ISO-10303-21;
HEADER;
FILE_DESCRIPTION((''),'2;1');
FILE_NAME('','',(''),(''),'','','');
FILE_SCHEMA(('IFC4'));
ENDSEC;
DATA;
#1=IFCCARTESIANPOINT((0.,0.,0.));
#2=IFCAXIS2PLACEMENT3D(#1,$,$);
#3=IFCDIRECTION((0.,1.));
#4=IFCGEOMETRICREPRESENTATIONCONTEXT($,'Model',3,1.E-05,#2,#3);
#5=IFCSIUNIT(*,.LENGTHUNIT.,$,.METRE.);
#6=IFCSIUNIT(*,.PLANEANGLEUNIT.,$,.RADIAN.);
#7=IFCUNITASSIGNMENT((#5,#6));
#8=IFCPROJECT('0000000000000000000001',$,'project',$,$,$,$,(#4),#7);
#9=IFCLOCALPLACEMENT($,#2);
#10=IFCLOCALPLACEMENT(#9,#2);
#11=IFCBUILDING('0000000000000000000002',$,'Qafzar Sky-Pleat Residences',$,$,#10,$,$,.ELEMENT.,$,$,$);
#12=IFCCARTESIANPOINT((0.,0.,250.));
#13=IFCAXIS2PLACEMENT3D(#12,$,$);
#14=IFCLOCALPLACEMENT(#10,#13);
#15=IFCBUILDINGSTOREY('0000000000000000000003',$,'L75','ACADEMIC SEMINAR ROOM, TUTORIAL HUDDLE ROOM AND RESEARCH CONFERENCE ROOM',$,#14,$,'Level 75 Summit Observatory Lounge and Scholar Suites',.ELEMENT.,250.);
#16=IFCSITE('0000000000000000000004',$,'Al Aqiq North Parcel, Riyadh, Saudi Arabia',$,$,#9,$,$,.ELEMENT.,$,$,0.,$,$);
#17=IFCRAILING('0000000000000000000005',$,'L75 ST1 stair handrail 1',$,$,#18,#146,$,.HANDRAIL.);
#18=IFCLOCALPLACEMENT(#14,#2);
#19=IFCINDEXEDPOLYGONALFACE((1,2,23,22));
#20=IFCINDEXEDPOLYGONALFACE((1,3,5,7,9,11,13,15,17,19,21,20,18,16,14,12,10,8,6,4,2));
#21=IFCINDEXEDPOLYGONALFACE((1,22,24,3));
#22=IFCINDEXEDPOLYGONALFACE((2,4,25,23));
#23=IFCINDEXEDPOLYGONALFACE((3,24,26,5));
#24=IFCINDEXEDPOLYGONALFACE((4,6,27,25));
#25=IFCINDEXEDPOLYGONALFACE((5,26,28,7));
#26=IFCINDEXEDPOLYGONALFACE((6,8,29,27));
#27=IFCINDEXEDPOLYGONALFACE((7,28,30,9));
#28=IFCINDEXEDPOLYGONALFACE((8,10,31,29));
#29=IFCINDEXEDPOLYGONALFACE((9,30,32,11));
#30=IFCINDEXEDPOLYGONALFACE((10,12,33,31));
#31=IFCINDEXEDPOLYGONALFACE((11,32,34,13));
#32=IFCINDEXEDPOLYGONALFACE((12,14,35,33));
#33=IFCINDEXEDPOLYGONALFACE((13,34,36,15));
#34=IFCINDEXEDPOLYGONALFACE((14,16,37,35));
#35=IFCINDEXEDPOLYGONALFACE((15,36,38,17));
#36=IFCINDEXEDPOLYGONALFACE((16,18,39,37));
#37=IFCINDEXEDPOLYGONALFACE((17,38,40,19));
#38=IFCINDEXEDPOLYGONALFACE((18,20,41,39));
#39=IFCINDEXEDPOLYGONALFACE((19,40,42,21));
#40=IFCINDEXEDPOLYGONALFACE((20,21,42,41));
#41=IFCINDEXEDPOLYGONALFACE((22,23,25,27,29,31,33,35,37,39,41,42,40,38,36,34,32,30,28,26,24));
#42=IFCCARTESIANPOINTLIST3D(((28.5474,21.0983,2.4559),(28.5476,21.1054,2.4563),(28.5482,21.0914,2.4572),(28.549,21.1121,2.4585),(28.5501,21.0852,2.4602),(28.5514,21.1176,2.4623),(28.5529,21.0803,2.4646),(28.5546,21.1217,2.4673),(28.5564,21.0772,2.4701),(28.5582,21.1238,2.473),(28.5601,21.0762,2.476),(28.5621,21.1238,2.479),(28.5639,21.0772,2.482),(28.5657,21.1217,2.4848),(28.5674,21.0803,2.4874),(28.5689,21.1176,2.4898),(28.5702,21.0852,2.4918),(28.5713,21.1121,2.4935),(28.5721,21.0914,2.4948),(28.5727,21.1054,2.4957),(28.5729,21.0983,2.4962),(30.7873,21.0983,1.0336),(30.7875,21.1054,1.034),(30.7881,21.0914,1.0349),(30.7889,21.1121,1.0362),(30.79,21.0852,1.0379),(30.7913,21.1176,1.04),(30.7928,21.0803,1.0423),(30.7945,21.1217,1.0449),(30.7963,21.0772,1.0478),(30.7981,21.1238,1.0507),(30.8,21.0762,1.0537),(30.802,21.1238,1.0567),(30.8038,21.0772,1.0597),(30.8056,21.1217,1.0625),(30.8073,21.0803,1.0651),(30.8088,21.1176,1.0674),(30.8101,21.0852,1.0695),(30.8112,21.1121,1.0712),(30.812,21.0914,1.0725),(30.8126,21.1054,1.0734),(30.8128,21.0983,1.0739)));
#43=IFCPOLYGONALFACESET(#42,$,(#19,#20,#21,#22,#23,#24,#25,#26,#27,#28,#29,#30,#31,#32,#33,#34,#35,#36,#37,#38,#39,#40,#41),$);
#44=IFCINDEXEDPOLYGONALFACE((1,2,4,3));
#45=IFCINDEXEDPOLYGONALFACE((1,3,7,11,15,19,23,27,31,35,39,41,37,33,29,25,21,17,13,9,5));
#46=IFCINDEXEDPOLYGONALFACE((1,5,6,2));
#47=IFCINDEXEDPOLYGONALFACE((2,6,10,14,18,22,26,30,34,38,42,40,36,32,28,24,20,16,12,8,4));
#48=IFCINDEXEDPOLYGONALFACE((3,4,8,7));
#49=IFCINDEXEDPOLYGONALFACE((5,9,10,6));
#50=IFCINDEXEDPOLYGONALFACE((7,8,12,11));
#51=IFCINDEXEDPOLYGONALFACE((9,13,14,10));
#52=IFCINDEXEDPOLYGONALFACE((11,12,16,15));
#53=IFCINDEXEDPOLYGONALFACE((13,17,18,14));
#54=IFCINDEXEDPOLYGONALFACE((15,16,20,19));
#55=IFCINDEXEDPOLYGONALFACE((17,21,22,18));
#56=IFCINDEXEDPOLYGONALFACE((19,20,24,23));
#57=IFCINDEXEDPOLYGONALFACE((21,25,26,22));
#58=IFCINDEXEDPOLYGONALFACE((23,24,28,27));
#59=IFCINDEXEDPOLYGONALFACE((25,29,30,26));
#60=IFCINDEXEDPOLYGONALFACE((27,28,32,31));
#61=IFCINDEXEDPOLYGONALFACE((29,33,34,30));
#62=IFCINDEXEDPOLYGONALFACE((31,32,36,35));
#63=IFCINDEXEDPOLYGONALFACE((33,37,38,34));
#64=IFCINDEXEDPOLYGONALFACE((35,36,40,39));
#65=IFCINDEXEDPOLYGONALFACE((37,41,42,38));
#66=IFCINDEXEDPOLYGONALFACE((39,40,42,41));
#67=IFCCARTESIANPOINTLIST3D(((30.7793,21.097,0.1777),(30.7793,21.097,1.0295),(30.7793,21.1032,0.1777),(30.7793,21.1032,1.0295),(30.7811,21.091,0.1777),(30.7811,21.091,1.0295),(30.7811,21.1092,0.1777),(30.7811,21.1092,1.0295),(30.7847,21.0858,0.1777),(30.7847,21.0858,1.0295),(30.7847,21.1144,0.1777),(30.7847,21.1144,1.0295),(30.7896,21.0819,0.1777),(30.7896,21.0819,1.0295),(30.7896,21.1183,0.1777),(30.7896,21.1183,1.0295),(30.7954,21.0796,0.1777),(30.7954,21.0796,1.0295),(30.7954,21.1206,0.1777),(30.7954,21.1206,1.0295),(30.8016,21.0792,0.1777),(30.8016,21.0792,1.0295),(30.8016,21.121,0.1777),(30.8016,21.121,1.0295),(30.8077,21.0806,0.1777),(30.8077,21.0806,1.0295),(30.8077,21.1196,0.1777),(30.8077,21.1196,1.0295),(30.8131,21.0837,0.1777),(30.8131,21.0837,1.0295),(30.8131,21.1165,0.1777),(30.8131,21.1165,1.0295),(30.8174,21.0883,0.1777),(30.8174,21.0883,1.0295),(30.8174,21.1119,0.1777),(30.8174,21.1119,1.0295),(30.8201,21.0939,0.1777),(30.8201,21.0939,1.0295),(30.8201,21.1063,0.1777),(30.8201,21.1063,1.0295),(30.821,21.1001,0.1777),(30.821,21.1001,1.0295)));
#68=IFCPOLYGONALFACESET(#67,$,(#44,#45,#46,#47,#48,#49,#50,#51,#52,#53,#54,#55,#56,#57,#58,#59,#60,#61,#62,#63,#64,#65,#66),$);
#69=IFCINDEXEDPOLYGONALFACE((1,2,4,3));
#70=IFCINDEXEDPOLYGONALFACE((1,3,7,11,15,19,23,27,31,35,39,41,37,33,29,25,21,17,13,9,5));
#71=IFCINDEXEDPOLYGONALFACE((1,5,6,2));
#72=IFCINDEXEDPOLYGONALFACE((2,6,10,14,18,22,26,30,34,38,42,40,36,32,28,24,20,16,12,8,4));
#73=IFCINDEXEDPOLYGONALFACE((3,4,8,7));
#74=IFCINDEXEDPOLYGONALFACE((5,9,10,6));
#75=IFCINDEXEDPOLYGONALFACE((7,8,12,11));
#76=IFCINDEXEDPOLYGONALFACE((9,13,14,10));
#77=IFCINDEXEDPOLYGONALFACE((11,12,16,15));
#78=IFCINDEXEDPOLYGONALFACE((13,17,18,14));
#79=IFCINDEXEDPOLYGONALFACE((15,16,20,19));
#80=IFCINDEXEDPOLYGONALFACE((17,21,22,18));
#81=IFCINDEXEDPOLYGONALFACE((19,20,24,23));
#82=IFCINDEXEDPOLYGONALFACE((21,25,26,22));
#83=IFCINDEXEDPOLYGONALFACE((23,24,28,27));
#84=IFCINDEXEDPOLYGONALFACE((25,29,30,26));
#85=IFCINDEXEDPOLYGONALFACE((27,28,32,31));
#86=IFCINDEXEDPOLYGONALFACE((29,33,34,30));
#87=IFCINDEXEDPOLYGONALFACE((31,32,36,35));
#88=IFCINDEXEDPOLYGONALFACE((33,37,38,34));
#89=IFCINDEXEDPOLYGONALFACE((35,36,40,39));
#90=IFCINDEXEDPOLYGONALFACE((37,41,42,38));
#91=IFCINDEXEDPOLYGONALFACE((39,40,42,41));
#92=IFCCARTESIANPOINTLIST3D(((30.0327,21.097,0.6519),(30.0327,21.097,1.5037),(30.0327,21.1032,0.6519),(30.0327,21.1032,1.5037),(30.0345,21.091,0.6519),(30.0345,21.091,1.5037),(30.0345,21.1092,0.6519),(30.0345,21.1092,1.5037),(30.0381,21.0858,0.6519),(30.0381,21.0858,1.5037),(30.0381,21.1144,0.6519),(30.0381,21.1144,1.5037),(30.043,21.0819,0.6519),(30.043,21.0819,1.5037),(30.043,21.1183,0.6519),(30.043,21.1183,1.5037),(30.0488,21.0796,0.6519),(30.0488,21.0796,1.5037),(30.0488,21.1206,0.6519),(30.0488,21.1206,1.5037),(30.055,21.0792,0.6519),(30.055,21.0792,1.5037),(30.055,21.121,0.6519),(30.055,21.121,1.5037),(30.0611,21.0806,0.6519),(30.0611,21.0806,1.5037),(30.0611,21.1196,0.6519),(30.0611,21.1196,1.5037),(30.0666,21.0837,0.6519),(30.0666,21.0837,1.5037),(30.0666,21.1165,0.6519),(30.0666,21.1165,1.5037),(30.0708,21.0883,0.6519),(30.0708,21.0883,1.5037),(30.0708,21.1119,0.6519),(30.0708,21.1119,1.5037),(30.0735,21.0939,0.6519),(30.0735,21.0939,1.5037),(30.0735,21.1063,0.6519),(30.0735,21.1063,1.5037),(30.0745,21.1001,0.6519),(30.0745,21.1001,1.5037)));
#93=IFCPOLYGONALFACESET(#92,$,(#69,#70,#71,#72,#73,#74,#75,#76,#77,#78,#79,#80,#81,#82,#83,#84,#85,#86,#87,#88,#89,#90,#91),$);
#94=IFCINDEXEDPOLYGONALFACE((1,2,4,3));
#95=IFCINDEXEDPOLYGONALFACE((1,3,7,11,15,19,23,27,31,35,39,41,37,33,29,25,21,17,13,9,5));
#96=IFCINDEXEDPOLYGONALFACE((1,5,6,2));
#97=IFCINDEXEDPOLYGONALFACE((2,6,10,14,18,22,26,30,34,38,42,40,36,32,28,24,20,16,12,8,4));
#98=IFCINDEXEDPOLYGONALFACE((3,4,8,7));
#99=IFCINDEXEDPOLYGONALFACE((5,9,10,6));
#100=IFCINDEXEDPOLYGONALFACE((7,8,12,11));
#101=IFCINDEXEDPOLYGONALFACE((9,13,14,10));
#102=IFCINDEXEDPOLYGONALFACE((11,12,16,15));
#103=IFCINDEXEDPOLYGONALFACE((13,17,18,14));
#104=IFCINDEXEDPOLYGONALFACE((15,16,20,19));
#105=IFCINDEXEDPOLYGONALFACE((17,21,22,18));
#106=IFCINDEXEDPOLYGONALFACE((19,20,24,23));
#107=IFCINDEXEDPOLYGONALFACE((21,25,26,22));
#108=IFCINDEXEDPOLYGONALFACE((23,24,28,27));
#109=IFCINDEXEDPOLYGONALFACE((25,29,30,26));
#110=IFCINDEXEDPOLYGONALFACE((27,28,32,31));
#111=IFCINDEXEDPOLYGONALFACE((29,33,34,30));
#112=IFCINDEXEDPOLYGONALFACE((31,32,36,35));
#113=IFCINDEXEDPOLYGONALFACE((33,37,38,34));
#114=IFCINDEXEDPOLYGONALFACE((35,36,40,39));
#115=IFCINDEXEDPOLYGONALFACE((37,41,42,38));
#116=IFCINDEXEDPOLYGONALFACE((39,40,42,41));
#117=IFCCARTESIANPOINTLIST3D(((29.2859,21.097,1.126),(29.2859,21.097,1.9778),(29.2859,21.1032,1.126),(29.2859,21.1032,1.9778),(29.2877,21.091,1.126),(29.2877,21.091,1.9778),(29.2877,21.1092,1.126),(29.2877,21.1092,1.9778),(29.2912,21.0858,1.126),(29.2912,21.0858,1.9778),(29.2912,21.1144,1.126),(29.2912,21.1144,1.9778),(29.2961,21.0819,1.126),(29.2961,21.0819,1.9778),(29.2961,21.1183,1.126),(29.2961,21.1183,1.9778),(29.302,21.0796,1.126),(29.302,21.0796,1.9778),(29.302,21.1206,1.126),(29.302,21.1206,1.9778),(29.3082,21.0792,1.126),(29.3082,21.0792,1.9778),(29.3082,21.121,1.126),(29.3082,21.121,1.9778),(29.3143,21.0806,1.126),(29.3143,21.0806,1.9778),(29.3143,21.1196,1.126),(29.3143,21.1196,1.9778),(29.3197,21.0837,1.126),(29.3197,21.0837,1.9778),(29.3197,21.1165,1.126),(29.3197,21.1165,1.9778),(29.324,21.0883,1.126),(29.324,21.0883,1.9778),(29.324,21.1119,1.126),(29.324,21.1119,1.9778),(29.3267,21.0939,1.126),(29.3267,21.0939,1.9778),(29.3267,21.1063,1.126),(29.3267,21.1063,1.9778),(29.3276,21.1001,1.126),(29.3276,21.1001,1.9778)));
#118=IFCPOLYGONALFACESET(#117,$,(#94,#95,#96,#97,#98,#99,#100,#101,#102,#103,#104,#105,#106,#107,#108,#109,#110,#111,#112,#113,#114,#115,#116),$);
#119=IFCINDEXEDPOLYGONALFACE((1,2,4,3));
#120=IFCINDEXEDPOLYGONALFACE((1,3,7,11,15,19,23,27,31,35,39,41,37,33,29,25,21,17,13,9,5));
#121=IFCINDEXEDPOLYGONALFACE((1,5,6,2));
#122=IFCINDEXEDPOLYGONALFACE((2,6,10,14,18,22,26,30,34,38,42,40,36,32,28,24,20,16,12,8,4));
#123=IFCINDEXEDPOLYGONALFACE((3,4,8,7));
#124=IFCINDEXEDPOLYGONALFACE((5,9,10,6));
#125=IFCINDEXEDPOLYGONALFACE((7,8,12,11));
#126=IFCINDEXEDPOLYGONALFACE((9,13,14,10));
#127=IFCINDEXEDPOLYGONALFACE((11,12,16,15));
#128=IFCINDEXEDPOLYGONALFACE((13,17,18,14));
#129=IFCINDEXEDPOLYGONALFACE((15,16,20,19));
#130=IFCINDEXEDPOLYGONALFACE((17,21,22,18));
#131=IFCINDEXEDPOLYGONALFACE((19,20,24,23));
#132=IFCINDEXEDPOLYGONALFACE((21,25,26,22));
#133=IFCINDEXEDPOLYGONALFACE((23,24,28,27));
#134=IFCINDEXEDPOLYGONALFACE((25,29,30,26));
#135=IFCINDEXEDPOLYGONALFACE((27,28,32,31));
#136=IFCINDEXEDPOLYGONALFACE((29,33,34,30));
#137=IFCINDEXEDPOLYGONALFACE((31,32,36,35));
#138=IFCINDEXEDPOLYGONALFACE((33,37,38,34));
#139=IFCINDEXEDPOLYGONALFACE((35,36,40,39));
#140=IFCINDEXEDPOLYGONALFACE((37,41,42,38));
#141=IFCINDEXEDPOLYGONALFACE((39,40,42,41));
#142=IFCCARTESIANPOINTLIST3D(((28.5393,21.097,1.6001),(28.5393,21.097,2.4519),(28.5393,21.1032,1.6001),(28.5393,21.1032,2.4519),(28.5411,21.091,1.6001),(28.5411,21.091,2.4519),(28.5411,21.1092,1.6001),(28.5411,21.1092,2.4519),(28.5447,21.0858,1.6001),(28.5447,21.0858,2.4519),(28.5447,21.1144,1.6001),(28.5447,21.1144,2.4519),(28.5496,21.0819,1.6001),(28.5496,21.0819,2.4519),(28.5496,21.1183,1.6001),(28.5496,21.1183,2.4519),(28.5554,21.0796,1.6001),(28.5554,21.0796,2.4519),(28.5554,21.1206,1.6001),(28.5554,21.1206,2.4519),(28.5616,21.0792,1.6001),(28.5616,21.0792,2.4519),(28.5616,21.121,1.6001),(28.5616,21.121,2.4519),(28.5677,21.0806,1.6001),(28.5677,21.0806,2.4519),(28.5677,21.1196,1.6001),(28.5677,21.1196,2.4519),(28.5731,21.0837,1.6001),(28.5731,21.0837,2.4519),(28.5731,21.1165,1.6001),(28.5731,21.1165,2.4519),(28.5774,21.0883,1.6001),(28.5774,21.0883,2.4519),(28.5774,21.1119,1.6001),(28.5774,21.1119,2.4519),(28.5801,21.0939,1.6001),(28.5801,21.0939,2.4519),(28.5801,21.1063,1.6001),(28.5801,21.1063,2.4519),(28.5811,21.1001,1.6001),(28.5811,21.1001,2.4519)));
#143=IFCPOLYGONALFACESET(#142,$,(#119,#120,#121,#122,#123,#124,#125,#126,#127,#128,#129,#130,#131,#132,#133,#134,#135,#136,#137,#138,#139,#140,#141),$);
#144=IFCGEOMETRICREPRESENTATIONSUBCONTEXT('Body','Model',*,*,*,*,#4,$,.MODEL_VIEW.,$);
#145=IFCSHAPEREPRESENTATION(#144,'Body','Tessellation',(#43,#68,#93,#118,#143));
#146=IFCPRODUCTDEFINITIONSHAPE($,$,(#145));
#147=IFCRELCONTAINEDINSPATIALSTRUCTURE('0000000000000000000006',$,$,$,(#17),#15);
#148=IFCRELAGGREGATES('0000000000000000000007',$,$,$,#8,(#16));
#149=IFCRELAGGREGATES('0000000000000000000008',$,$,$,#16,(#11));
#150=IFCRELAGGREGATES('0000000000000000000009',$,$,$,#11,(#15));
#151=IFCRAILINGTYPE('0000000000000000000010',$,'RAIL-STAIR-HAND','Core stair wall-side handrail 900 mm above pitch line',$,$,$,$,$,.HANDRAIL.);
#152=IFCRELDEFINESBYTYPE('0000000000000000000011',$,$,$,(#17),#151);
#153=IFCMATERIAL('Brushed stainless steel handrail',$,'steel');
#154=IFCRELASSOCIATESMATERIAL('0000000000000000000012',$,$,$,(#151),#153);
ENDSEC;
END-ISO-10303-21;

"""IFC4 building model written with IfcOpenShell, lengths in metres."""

from ifc_helpers import new_model, si_unit, direction, frame, origin, origin_2d, place, context, subcontext, project, spatial, circle, extrude, source, transform, mapped, material, type_object, element, save


model = new_model("IFC4")

# Units and contexts
model_context = context("Model", 3, precision=1e-05, world=origin(), true_north=direction((0.0, 1.0)))
body_context = subcontext(model_context, "Body", "Model", "MODEL_VIEW")
ifc_project = project(units=[si_unit("LENGTHUNIT", "METRE"), si_unit("PLANEANGLEUNIT", "RADIAN")], contexts=[model_context])

# Site, building, storey
site_placement = place(None, origin())
site = spatial("IfcSite", under=ifc_project, at=site_placement, Name="Al Aqiq North Parcel, Riyadh, Saudi Arabia", CompositionType="ELEMENT", RefElevation=0.0)
building_placement = place(site_placement, origin())
building = spatial("IfcBuilding", under=site, at=building_placement, Name="Qafzar Sky-Pleat Residences", CompositionType="ELEMENT")
storey_placement = place(building_placement, frame((0.0, 0.0, 250.0)))
storey = spatial("IfcBuildingStorey", under=building, at=storey_placement, Name="L75", Description="ACADEMIC SEMINAR ROOM, TUTORIAL HUDDLE ROOM AND RESEARCH CONFERENCE ROOM", LongName="Level 75 Summit Observatory Lounge and Scholar Suites", CompositionType="ELEMENT", Elevation=250.0)

# Railing
ifc_material_1 = material(Name="Brushed stainless steel handrail", Category="steel")
railing_type_1 = type_object("IfcRailingType", Name="RAIL-STAIR-HAND", Description="Core stair wall-side handrail 900 mm above pitch line", PredefinedType="HANDRAIL", material=ifc_material_1)
shared_shape_1 = source(origin(), body_context, "Body", "SweptSolid", [
    extrude(circle(Radius=0.0239, at=origin_2d()), frame((0.0, 0.0, 0.876), z_axis=(-0.844188, 0.0, 0.536048), x_axis=(0.0, -1.0, 0.0)), (0.0, 0.0, 1.0), 2.6533),
    extrude(circle(Radius=0.021, at=origin_2d()), origin(), (0.0, 0.0, 1.0), 0.8518),
    extrude(circle(Radius=0.021, at=origin_2d()), frame((-0.7466, 0.0, 0.4741)), (0.0, 0.0, 1.0), 0.8518),
    extrude(circle(Radius=0.021, at=origin_2d()), frame((-1.4934, 0.0, 0.9482)), (0.0, 0.0, 1.0), 0.8518),
    extrude(circle(Radius=0.021, at=origin_2d()), frame((-2.24, 0.0, 1.4224)), (0.0, 0.0, 1.0), 0.8518),
])
railing_1_placement = place(storey_placement, frame((30.8, 21.1001, 0.1777)))
element("IfcRailing", 1, at=railing_1_placement, inside=storey, type_object=railing_type_1, Name="L75 ST1 stair handrail 1", PredefinedType="HANDRAIL", context=body_context, shape_type="MappedRepresentation", body=[
    mapped(shared_shape_1, transform((0.0, 0.0, 0.0), x_axis=(1.0, 0.0, 0.0), y_axis=(0.0, 1.0, 0.0), z_axis=(0.0, 0.0, 1.0), scale=1.0)),
])

save(model, "model.ifc")
